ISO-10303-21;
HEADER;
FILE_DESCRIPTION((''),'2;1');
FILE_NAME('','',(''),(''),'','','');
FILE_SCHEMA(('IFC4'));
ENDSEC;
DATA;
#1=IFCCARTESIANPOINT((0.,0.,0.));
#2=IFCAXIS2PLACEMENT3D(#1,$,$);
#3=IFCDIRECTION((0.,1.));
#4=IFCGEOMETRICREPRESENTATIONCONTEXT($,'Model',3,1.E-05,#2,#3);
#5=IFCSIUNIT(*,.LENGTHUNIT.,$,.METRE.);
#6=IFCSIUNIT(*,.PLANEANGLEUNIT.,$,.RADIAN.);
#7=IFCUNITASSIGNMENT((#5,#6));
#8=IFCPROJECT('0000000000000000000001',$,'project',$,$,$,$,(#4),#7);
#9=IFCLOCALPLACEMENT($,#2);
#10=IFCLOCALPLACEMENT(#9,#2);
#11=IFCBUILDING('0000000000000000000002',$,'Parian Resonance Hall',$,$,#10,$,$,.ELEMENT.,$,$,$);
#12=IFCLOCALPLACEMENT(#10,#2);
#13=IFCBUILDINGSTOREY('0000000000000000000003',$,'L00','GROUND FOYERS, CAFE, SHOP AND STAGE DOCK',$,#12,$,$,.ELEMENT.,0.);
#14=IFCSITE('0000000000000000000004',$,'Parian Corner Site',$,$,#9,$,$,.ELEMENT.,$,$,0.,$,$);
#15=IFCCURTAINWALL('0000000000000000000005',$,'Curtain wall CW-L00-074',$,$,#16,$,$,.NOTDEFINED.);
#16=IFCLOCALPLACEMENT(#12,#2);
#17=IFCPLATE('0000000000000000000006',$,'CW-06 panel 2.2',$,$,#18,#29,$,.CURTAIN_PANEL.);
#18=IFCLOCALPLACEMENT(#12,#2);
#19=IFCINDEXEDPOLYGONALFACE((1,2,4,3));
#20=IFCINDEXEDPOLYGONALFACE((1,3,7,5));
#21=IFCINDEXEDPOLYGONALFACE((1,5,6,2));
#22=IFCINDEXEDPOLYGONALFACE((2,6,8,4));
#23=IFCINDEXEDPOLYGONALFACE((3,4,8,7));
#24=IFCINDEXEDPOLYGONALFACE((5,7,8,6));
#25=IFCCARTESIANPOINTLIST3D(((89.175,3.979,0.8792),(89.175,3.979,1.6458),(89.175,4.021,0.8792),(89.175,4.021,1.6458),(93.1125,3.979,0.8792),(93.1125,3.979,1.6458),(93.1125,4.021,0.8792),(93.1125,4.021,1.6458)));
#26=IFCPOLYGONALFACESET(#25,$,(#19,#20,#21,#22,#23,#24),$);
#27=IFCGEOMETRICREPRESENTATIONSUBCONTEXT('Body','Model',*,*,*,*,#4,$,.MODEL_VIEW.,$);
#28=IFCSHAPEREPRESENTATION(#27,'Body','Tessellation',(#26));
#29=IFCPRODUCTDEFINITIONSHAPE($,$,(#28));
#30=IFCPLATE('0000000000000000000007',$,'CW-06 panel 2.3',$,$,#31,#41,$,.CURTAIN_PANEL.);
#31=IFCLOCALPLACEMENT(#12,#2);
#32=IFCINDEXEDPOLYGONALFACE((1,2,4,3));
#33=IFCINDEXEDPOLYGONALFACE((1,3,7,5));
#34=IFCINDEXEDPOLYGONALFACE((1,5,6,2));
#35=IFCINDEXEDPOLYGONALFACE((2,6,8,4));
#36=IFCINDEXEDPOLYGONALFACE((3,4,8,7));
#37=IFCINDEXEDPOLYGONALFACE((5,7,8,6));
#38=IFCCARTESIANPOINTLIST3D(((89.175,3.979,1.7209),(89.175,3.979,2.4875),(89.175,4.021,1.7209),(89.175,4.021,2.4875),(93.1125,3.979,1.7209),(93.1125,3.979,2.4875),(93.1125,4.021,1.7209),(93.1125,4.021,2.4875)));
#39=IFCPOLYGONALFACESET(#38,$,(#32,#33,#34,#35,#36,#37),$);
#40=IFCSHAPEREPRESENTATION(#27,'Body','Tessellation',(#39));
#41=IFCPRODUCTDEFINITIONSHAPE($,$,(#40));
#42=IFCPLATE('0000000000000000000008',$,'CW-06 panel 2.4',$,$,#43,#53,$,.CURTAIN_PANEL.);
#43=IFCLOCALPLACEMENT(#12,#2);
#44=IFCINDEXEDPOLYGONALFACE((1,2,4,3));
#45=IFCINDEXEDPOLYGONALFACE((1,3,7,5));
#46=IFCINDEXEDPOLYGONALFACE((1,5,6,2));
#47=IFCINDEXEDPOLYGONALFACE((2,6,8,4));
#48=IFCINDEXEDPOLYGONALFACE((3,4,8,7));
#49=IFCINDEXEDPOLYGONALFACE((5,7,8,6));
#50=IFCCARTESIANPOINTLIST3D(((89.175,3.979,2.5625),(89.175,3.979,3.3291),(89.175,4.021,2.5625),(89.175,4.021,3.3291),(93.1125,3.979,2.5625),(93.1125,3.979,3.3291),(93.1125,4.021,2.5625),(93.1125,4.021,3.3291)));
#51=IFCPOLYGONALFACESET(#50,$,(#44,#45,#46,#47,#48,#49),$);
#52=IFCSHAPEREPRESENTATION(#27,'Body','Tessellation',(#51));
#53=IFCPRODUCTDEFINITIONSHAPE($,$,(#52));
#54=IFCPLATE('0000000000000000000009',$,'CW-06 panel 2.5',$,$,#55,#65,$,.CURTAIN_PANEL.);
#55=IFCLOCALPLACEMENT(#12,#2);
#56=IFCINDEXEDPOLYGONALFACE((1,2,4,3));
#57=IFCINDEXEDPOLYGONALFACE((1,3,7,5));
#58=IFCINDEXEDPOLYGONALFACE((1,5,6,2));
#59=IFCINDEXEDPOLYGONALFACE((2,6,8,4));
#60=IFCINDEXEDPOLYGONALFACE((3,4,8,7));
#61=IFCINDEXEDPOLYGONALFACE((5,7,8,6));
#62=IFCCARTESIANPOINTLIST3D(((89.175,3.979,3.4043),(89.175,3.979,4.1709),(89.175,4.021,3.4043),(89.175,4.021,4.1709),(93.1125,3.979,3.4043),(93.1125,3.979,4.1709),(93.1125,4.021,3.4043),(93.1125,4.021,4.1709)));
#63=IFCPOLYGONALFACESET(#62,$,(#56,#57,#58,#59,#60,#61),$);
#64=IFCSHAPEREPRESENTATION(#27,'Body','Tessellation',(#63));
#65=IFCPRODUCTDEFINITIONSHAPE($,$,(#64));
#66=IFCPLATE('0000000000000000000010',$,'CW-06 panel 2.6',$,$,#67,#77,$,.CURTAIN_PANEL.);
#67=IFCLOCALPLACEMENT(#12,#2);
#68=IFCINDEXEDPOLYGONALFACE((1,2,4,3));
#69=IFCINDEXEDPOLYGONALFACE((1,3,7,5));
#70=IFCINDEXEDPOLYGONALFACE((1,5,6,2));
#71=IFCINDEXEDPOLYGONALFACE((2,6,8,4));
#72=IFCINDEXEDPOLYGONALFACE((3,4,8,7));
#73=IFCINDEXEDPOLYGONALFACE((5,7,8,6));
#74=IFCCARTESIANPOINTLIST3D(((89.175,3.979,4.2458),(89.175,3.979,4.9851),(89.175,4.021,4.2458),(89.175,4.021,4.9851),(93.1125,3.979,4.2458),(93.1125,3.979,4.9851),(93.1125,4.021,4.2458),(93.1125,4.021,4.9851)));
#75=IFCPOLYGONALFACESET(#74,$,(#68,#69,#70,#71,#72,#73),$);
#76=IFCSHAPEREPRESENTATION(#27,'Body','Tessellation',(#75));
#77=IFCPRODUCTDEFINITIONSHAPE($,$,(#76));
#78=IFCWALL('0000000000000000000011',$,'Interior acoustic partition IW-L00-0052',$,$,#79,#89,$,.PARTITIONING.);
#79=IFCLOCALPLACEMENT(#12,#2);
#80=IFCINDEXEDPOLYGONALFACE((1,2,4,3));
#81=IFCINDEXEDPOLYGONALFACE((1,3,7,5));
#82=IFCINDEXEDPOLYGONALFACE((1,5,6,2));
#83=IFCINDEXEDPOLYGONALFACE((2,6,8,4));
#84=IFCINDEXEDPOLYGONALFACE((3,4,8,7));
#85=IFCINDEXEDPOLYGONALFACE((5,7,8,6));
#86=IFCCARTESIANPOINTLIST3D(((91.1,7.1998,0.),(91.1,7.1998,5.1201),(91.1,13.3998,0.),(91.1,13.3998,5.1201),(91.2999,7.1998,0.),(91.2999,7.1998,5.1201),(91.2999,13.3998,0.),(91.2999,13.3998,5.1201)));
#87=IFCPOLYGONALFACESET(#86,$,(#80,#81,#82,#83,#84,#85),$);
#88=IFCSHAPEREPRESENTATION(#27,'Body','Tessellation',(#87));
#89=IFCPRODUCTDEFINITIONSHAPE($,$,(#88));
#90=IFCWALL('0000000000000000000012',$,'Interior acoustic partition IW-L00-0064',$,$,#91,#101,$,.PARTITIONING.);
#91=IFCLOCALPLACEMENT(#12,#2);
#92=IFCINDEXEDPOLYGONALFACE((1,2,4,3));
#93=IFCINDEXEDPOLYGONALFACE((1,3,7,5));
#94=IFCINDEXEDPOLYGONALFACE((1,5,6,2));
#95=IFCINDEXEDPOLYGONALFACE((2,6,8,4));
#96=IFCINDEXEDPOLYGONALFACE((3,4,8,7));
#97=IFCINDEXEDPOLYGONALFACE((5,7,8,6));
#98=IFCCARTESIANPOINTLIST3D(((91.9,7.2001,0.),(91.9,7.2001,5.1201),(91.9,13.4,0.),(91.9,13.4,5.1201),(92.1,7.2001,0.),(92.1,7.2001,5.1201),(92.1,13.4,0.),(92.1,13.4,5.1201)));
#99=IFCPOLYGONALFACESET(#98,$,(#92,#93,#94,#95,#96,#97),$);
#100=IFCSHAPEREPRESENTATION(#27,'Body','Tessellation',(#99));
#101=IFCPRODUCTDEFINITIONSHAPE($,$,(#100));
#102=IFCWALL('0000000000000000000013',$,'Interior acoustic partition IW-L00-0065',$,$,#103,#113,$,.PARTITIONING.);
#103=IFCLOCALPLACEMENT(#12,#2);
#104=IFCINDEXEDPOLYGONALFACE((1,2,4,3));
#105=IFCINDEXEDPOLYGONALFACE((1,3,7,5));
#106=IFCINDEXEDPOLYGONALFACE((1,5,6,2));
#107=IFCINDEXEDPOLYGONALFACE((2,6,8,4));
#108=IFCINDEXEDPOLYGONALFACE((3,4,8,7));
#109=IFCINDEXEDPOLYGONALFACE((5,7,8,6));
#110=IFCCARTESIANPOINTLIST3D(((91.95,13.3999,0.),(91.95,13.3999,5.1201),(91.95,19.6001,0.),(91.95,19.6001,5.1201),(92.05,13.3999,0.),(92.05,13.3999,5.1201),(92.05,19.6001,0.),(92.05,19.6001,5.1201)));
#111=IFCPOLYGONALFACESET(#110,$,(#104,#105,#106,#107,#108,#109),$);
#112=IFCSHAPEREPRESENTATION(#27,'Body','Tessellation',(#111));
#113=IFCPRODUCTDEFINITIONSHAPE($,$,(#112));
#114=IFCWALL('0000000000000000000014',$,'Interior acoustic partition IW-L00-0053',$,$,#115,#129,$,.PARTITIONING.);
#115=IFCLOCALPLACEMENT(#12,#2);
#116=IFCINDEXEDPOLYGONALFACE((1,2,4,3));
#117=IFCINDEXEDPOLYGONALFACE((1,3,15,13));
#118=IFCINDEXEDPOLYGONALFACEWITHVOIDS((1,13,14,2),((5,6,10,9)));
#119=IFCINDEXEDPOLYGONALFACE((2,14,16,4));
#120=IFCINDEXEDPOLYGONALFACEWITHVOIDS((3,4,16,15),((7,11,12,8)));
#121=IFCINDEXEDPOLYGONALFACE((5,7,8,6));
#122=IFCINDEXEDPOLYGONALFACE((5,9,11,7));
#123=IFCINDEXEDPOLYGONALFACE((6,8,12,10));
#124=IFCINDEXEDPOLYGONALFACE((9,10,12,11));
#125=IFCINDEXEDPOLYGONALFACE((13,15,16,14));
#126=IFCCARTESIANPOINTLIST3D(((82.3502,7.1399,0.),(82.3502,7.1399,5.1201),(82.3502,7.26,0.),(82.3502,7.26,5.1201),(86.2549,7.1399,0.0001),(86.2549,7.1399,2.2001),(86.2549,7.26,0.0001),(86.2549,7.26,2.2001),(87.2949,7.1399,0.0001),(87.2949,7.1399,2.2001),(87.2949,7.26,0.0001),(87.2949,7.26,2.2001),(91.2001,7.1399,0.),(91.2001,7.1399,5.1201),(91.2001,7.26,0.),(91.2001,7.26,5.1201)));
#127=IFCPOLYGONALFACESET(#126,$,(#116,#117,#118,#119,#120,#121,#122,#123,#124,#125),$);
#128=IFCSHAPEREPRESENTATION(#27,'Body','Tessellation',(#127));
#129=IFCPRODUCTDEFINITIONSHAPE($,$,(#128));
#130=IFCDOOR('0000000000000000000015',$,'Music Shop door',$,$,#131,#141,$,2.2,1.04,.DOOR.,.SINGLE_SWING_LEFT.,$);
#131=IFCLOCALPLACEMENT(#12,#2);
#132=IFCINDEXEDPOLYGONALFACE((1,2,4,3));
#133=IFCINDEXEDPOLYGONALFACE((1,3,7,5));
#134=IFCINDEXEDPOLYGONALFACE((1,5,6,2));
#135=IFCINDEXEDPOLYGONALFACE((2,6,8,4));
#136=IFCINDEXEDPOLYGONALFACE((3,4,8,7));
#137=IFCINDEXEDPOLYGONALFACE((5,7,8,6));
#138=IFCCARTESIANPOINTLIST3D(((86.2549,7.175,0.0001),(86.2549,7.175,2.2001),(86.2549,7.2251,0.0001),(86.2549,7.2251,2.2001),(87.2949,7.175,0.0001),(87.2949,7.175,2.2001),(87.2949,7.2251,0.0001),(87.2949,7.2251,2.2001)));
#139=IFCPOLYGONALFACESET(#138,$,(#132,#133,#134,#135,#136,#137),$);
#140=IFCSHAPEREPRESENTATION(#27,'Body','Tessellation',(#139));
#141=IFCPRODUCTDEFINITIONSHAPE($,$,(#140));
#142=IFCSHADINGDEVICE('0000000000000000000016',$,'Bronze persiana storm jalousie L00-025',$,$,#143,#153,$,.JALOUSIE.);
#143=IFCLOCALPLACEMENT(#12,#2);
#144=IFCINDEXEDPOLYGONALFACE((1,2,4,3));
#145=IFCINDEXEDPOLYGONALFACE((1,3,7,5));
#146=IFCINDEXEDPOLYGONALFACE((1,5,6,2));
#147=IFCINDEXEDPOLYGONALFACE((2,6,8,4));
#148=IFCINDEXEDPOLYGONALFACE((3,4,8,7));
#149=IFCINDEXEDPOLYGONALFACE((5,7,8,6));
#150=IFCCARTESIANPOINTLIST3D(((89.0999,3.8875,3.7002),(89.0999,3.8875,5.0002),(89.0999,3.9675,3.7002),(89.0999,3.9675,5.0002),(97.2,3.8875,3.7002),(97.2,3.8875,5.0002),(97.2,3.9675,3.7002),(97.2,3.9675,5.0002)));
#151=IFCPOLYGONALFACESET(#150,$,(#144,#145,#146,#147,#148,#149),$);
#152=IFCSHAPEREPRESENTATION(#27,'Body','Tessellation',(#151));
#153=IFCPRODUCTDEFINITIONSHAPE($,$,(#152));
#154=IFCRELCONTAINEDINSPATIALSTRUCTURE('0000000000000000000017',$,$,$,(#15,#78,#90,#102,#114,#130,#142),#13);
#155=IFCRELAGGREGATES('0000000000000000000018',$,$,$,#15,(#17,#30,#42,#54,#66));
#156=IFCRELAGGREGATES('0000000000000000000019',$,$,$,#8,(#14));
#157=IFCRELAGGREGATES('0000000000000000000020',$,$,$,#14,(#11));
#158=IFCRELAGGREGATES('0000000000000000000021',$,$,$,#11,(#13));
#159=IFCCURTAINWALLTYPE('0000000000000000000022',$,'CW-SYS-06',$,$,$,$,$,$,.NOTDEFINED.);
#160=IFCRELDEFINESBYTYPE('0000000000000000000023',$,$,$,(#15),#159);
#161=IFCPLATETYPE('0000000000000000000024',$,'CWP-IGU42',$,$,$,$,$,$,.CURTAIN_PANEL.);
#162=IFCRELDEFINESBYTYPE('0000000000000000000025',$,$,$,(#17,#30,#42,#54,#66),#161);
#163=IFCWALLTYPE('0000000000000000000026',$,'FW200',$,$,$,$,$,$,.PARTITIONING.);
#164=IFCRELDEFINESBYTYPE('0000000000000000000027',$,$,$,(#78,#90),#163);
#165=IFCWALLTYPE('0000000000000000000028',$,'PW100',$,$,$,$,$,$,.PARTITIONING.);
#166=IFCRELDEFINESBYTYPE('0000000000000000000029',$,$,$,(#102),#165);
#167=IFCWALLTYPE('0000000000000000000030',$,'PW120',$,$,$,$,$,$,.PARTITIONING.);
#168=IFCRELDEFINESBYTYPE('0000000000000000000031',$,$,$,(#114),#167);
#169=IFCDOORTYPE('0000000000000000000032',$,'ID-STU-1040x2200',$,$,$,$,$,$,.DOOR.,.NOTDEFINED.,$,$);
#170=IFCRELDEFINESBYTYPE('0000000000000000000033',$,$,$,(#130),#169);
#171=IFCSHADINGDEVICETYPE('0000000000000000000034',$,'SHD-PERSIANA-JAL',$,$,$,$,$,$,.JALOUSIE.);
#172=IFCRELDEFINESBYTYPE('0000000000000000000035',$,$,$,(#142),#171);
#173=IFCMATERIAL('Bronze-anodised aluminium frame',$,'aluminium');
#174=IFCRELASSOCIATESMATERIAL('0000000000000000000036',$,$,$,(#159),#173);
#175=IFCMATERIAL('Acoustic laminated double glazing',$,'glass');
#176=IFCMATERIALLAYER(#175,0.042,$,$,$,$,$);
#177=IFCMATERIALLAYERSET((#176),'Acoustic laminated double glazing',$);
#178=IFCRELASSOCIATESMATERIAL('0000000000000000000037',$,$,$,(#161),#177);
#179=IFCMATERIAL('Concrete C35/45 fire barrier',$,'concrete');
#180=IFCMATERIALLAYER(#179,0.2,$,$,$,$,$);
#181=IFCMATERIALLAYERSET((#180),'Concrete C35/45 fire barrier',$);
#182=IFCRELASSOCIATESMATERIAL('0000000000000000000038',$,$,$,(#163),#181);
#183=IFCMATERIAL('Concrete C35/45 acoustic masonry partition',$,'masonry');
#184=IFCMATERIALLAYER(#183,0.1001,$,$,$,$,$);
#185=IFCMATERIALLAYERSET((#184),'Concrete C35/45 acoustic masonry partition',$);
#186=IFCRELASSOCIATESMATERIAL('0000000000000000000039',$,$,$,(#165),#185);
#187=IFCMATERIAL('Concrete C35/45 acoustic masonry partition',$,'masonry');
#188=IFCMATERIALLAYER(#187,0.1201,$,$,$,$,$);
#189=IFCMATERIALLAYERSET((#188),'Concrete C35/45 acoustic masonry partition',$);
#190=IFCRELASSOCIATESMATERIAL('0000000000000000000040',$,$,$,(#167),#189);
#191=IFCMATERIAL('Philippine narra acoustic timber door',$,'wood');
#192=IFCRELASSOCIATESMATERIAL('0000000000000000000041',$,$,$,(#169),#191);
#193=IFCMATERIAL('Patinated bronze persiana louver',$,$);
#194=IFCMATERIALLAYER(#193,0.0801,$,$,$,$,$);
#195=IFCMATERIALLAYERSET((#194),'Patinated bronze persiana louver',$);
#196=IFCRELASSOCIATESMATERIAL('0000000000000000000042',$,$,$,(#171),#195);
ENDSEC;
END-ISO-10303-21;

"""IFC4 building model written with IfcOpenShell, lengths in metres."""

from ifc_helpers import new_model, si_unit, direction, frame, frame_2d, origin, origin_2d, place, context, subcontext, project, spatial, rectangle, extrude, material, layer, layer_set, type_object, element, fill, aggregate, save


model = new_model("IFC4")

# Units and contexts
model_context = context("Model", 3, precision=1e-05, world=origin(), true_north=direction((0.0, 1.0)))
body_context = subcontext(model_context, "Body", "Model", "MODEL_VIEW")
ifc_project = project(units=[si_unit("LENGTHUNIT", "METRE"), si_unit("PLANEANGLEUNIT", "RADIAN")], contexts=[model_context])

# Site, building, storey
site_placement = place(None, origin())
site = spatial("IfcSite", under=ifc_project, at=site_placement, Name="Parian Corner Site", CompositionType="ELEMENT", RefElevation=0.0)
building_placement = place(site_placement, origin())
building = spatial("IfcBuilding", under=site, at=building_placement, Name="Parian Resonance Hall", CompositionType="ELEMENT")
storey_placement = place(building_placement, origin())
storey = spatial("IfcBuildingStorey", under=building, at=storey_placement, Name="L00", Description="GROUND FOYERS, CAFE, SHOP AND STAGE DOCK", CompositionType="ELEMENT", Elevation=0.0)

# Curtain wall, plates
ifc_material_1 = material(Name="Bronze-anodised aluminium frame", Category="aluminium")
curtain_wall_type = type_object("IfcCurtainWallType", Name="CW-SYS-06", PredefinedType="NOTDEFINED", material=ifc_material_1)
curtain_wall_placement = place(storey_placement, origin())
curtain_wall = element("IfcCurtainWall", 1, at=curtain_wall_placement, inside=storey, type_object=curtain_wall_type, Name="Curtain wall CW-L00-074", PredefinedType="NOTDEFINED")
ifc_material_2 = material(Name="Acoustic laminated double glazing", Category="glass")
ifc_layer_1 = layer(ifc_material_2, 0.042)
ifc_layer_set_1 = layer_set([ifc_layer_1], Name="Acoustic laminated double glazing")
plate_type = type_object("IfcPlateType", Name="CWP-IGU42", PredefinedType="CURTAIN_PANEL", material=ifc_layer_set_1)
plate_1_placement = place(storey_placement, frame((91.1438, 4.0, 0.8792), z_axis=(0.0, 0.0, 1.0), x_axis=(-1.0, 0.0, 0.0)))
plate_1 = element("IfcPlate", 2, at=plate_1_placement, type_object=plate_type, Name="CW-06 panel 2.2", PredefinedType="CURTAIN_PANEL", context=body_context, shape_type="SweptSolid", body=[
    extrude(rectangle(XDim=3.9375, YDim=0.042, at=origin_2d()), origin(), (0.0, 0.0, 1.0), 0.7666),
])
plate_2_placement = place(storey_placement, frame((91.1438, 4.0, 1.7209), z_axis=(0.0, 0.0, 1.0), x_axis=(-1.0, 0.0, 0.0)))
plate_2 = element("IfcPlate", 3, at=plate_2_placement, type_object=plate_type, Name="CW-06 panel 2.3", PredefinedType="CURTAIN_PANEL", context=body_context, shape_type="SweptSolid", body=[
    extrude(rectangle(XDim=3.9375, YDim=0.042, at=origin_2d()), origin(), (0.0, 0.0, 1.0), 0.7666),
])
plate_3_placement = place(storey_placement, frame((91.1438, 4.0, 2.5625), z_axis=(0.0, 0.0, 1.0), x_axis=(-1.0, 0.0, 0.0)))
plate_3 = element("IfcPlate", 4, at=plate_3_placement, type_object=plate_type, Name="CW-06 panel 2.4", PredefinedType="CURTAIN_PANEL", context=body_context, shape_type="SweptSolid", body=[
    extrude(rectangle(XDim=3.9375, YDim=0.042, at=origin_2d()), origin(), (0.0, 0.0, 1.0), 0.7666),
])
plate_4_placement = place(storey_placement, frame((91.1438, 4.0, 3.4043), z_axis=(0.0, 0.0, 1.0), x_axis=(-1.0, 0.0, 0.0)))
plate_4 = element("IfcPlate", 5, at=plate_4_placement, type_object=plate_type, Name="CW-06 panel 2.5", PredefinedType="CURTAIN_PANEL", context=body_context, shape_type="SweptSolid", body=[
    extrude(rectangle(XDim=3.9375, YDim=0.042, at=origin_2d()), origin(), (0.0, 0.0, 1.0), 0.7666),
])
plate_5_placement = place(storey_placement, frame((91.1438, 4.0, 4.2458), z_axis=(0.0, 0.0, 1.0), x_axis=(-1.0, 0.0, 0.0)))
plate_5 = element("IfcPlate", 6, at=plate_5_placement, type_object=plate_type, Name="CW-06 panel 2.6", PredefinedType="CURTAIN_PANEL", context=body_context, shape_type="SweptSolid", body=[
    extrude(rectangle(XDim=3.9375, YDim=0.042, at=origin_2d()), origin(), (0.0, 0.0, 1.0), 0.7393),
])
aggregate(curtain_wall, [plate_1, plate_2, plate_3, plate_4, plate_5])

# Walls
ifc_material_3 = material(Name="Concrete C35/45 fire barrier", Category="concrete")
ifc_layer_2 = layer(ifc_material_3, 0.2)
ifc_layer_set_2 = layer_set([ifc_layer_2], Name="Concrete C35/45 fire barrier")
wall_type_1 = type_object("IfcWallType", Name="FW200", PredefinedType="PARTITIONING", material=ifc_layer_set_2)
for number, where, z_axis, x_axis, name in (
    (7, (91.2, 13.3999, 0.0), (0.0, 0.0, 1.0), (0.0, -1.0, 0.0), "Interior acoustic partition IW-L00-0052"),
    (8, (92.0, 7.2, 0.0), (0.0, 0.0, 1.0), (0.0, 1.0, 0.0), "Interior acoustic partition IW-L00-0064"),
):
    element("IfcWall", number, at=place(storey_placement, frame(where, z_axis=z_axis, x_axis=x_axis)), inside=storey, type_object=wall_type_1, Name=name, PredefinedType="PARTITIONING", context=body_context, shape_type="SweptSolid", body=[
        extrude(rectangle(XDim=6.2, YDim=0.2, at=frame_2d((3.1001, 0.0))), origin(), (0.0, 0.0, 1.0), 5.1201),
    ])
ifc_material_4 = material(Name="Concrete C35/45 acoustic masonry partition", Category="masonry")
ifc_layer_3 = layer(ifc_material_4, 0.1001)
ifc_layer_set_3 = layer_set([ifc_layer_3], Name="Concrete C35/45 acoustic masonry partition")
wall_type_2 = type_object("IfcWallType", Name="PW100", PredefinedType="PARTITIONING", material=ifc_layer_set_3)
wall_1_placement = place(storey_placement, frame((92.0, 13.3999, 0.0), z_axis=(0.0, 0.0, 1.0), x_axis=(0.0, 1.0, 0.0)))
element("IfcWall", 9, at=wall_1_placement, inside=storey, type_object=wall_type_2, Name="Interior acoustic partition IW-L00-0065", PredefinedType="PARTITIONING", context=body_context, shape_type="SweptSolid", body=[
    extrude(rectangle(XDim=6.2002, YDim=0.1001, at=frame_2d((3.1001, 0.0))), origin(), (0.0, 0.0, 1.0), 5.1201),
])

# Wall, opening, door
ifc_material_5 = material(Name="Concrete C35/45 acoustic masonry partition", Category="masonry")
ifc_layer_4 = layer(ifc_material_5, 0.1201)
ifc_layer_set_4 = layer_set([ifc_layer_4], Name="Concrete C35/45 acoustic masonry partition")
wall_type_3 = type_object("IfcWallType", Name="PW120", PredefinedType="PARTITIONING", material=ifc_layer_set_4)
wall_2_placement = place(storey_placement, frame((91.2, 7.2, 0.0), z_axis=(0.0, 0.0, 1.0), x_axis=(-1.0, 0.0, 0.0)))
wall_2 = element("IfcWall", 10, at=wall_2_placement, inside=storey, type_object=wall_type_3, Name="Interior acoustic partition IW-L00-0053", PredefinedType="PARTITIONING", context=body_context, shape_type="SweptSolid", body=[
    extrude(rectangle(XDim=8.8499, YDim=0.1201, at=frame_2d((4.4248, 0.0))), origin(), (0.0, 0.0, 1.0), 5.1201),
])
opening_placement = place(wall_2_placement, frame((3.905, 0.0, 0.0)))
opening = element("IfcOpeningElement", 11, at=opening_placement, cuts=wall_2, PredefinedType="OPENING", context=body_context, shape_type="SweptSolid", body=[
    extrude(rectangle(XDim=1.04, YDim=2.2, at=frame_2d((0.52, 1.1001))), frame((0.0, 0.0701, 0.0), z_axis=(0.0, -1.0, 0.0), x_axis=(1.0, 0.0, 0.0)), (0.0, 0.0, 1.0), 0.1401),
])
ifc_material_6 = material(Name="Philippine narra acoustic timber door", Category="wood")
door_type = type_object("IfcDoorType", Name="ID-STU-1040x2200", OperationType="NOTDEFINED", PredefinedType="DOOR", material=ifc_material_6)
door_placement = place(opening_placement, origin())
door = element("IfcDoor", 12, at=door_placement, inside=storey, type_object=door_type, Name="Music Shop door", OperationType="SINGLE_SWING_LEFT", OverallHeight=2.2, OverallWidth=1.04, PredefinedType="DOOR", context=body_context, shape_type="SweptSolid", body=[
    extrude(rectangle(XDim=1.04, YDim=2.2, at=frame_2d((0.52, 1.1001))), frame((0.0, 0.0249, 0.0), z_axis=(0.0, -1.0, 0.0), x_axis=(1.0, 0.0, 0.0)), (0.0, 0.0, 1.0), 0.05),
])
fill(opening, door)

# Shading device
ifc_material_7 = material(Name="Patinated bronze persiana louver")
ifc_layer_5 = layer(ifc_material_7, 0.0801)
ifc_layer_set_5 = layer_set([ifc_layer_5], Name="Patinated bronze persiana louver")
shading_device_type = type_object("IfcShadingDeviceType", Name="SHD-PERSIANA-JAL", PredefinedType="JALOUSIE", material=ifc_layer_set_5)
shading_device_placement = place(storey_placement, frame((93.1499, 3.9275, 3.7002), z_axis=(0.0, 0.0, 1.0), x_axis=(-1.0, 0.0, 0.0)))
element("IfcShadingDevice", 13, at=shading_device_placement, inside=storey, type_object=shading_device_type, Name="Bronze persiana storm jalousie L00-025", PredefinedType="JALOUSIE", context=body_context, shape_type="SweptSolid", body=[
    extrude(rectangle(XDim=8.1001, YDim=0.0801, at=origin_2d()), origin(), (0.0, 0.0, 1.0), 1.3),
])

save(model, "model.ifc")
